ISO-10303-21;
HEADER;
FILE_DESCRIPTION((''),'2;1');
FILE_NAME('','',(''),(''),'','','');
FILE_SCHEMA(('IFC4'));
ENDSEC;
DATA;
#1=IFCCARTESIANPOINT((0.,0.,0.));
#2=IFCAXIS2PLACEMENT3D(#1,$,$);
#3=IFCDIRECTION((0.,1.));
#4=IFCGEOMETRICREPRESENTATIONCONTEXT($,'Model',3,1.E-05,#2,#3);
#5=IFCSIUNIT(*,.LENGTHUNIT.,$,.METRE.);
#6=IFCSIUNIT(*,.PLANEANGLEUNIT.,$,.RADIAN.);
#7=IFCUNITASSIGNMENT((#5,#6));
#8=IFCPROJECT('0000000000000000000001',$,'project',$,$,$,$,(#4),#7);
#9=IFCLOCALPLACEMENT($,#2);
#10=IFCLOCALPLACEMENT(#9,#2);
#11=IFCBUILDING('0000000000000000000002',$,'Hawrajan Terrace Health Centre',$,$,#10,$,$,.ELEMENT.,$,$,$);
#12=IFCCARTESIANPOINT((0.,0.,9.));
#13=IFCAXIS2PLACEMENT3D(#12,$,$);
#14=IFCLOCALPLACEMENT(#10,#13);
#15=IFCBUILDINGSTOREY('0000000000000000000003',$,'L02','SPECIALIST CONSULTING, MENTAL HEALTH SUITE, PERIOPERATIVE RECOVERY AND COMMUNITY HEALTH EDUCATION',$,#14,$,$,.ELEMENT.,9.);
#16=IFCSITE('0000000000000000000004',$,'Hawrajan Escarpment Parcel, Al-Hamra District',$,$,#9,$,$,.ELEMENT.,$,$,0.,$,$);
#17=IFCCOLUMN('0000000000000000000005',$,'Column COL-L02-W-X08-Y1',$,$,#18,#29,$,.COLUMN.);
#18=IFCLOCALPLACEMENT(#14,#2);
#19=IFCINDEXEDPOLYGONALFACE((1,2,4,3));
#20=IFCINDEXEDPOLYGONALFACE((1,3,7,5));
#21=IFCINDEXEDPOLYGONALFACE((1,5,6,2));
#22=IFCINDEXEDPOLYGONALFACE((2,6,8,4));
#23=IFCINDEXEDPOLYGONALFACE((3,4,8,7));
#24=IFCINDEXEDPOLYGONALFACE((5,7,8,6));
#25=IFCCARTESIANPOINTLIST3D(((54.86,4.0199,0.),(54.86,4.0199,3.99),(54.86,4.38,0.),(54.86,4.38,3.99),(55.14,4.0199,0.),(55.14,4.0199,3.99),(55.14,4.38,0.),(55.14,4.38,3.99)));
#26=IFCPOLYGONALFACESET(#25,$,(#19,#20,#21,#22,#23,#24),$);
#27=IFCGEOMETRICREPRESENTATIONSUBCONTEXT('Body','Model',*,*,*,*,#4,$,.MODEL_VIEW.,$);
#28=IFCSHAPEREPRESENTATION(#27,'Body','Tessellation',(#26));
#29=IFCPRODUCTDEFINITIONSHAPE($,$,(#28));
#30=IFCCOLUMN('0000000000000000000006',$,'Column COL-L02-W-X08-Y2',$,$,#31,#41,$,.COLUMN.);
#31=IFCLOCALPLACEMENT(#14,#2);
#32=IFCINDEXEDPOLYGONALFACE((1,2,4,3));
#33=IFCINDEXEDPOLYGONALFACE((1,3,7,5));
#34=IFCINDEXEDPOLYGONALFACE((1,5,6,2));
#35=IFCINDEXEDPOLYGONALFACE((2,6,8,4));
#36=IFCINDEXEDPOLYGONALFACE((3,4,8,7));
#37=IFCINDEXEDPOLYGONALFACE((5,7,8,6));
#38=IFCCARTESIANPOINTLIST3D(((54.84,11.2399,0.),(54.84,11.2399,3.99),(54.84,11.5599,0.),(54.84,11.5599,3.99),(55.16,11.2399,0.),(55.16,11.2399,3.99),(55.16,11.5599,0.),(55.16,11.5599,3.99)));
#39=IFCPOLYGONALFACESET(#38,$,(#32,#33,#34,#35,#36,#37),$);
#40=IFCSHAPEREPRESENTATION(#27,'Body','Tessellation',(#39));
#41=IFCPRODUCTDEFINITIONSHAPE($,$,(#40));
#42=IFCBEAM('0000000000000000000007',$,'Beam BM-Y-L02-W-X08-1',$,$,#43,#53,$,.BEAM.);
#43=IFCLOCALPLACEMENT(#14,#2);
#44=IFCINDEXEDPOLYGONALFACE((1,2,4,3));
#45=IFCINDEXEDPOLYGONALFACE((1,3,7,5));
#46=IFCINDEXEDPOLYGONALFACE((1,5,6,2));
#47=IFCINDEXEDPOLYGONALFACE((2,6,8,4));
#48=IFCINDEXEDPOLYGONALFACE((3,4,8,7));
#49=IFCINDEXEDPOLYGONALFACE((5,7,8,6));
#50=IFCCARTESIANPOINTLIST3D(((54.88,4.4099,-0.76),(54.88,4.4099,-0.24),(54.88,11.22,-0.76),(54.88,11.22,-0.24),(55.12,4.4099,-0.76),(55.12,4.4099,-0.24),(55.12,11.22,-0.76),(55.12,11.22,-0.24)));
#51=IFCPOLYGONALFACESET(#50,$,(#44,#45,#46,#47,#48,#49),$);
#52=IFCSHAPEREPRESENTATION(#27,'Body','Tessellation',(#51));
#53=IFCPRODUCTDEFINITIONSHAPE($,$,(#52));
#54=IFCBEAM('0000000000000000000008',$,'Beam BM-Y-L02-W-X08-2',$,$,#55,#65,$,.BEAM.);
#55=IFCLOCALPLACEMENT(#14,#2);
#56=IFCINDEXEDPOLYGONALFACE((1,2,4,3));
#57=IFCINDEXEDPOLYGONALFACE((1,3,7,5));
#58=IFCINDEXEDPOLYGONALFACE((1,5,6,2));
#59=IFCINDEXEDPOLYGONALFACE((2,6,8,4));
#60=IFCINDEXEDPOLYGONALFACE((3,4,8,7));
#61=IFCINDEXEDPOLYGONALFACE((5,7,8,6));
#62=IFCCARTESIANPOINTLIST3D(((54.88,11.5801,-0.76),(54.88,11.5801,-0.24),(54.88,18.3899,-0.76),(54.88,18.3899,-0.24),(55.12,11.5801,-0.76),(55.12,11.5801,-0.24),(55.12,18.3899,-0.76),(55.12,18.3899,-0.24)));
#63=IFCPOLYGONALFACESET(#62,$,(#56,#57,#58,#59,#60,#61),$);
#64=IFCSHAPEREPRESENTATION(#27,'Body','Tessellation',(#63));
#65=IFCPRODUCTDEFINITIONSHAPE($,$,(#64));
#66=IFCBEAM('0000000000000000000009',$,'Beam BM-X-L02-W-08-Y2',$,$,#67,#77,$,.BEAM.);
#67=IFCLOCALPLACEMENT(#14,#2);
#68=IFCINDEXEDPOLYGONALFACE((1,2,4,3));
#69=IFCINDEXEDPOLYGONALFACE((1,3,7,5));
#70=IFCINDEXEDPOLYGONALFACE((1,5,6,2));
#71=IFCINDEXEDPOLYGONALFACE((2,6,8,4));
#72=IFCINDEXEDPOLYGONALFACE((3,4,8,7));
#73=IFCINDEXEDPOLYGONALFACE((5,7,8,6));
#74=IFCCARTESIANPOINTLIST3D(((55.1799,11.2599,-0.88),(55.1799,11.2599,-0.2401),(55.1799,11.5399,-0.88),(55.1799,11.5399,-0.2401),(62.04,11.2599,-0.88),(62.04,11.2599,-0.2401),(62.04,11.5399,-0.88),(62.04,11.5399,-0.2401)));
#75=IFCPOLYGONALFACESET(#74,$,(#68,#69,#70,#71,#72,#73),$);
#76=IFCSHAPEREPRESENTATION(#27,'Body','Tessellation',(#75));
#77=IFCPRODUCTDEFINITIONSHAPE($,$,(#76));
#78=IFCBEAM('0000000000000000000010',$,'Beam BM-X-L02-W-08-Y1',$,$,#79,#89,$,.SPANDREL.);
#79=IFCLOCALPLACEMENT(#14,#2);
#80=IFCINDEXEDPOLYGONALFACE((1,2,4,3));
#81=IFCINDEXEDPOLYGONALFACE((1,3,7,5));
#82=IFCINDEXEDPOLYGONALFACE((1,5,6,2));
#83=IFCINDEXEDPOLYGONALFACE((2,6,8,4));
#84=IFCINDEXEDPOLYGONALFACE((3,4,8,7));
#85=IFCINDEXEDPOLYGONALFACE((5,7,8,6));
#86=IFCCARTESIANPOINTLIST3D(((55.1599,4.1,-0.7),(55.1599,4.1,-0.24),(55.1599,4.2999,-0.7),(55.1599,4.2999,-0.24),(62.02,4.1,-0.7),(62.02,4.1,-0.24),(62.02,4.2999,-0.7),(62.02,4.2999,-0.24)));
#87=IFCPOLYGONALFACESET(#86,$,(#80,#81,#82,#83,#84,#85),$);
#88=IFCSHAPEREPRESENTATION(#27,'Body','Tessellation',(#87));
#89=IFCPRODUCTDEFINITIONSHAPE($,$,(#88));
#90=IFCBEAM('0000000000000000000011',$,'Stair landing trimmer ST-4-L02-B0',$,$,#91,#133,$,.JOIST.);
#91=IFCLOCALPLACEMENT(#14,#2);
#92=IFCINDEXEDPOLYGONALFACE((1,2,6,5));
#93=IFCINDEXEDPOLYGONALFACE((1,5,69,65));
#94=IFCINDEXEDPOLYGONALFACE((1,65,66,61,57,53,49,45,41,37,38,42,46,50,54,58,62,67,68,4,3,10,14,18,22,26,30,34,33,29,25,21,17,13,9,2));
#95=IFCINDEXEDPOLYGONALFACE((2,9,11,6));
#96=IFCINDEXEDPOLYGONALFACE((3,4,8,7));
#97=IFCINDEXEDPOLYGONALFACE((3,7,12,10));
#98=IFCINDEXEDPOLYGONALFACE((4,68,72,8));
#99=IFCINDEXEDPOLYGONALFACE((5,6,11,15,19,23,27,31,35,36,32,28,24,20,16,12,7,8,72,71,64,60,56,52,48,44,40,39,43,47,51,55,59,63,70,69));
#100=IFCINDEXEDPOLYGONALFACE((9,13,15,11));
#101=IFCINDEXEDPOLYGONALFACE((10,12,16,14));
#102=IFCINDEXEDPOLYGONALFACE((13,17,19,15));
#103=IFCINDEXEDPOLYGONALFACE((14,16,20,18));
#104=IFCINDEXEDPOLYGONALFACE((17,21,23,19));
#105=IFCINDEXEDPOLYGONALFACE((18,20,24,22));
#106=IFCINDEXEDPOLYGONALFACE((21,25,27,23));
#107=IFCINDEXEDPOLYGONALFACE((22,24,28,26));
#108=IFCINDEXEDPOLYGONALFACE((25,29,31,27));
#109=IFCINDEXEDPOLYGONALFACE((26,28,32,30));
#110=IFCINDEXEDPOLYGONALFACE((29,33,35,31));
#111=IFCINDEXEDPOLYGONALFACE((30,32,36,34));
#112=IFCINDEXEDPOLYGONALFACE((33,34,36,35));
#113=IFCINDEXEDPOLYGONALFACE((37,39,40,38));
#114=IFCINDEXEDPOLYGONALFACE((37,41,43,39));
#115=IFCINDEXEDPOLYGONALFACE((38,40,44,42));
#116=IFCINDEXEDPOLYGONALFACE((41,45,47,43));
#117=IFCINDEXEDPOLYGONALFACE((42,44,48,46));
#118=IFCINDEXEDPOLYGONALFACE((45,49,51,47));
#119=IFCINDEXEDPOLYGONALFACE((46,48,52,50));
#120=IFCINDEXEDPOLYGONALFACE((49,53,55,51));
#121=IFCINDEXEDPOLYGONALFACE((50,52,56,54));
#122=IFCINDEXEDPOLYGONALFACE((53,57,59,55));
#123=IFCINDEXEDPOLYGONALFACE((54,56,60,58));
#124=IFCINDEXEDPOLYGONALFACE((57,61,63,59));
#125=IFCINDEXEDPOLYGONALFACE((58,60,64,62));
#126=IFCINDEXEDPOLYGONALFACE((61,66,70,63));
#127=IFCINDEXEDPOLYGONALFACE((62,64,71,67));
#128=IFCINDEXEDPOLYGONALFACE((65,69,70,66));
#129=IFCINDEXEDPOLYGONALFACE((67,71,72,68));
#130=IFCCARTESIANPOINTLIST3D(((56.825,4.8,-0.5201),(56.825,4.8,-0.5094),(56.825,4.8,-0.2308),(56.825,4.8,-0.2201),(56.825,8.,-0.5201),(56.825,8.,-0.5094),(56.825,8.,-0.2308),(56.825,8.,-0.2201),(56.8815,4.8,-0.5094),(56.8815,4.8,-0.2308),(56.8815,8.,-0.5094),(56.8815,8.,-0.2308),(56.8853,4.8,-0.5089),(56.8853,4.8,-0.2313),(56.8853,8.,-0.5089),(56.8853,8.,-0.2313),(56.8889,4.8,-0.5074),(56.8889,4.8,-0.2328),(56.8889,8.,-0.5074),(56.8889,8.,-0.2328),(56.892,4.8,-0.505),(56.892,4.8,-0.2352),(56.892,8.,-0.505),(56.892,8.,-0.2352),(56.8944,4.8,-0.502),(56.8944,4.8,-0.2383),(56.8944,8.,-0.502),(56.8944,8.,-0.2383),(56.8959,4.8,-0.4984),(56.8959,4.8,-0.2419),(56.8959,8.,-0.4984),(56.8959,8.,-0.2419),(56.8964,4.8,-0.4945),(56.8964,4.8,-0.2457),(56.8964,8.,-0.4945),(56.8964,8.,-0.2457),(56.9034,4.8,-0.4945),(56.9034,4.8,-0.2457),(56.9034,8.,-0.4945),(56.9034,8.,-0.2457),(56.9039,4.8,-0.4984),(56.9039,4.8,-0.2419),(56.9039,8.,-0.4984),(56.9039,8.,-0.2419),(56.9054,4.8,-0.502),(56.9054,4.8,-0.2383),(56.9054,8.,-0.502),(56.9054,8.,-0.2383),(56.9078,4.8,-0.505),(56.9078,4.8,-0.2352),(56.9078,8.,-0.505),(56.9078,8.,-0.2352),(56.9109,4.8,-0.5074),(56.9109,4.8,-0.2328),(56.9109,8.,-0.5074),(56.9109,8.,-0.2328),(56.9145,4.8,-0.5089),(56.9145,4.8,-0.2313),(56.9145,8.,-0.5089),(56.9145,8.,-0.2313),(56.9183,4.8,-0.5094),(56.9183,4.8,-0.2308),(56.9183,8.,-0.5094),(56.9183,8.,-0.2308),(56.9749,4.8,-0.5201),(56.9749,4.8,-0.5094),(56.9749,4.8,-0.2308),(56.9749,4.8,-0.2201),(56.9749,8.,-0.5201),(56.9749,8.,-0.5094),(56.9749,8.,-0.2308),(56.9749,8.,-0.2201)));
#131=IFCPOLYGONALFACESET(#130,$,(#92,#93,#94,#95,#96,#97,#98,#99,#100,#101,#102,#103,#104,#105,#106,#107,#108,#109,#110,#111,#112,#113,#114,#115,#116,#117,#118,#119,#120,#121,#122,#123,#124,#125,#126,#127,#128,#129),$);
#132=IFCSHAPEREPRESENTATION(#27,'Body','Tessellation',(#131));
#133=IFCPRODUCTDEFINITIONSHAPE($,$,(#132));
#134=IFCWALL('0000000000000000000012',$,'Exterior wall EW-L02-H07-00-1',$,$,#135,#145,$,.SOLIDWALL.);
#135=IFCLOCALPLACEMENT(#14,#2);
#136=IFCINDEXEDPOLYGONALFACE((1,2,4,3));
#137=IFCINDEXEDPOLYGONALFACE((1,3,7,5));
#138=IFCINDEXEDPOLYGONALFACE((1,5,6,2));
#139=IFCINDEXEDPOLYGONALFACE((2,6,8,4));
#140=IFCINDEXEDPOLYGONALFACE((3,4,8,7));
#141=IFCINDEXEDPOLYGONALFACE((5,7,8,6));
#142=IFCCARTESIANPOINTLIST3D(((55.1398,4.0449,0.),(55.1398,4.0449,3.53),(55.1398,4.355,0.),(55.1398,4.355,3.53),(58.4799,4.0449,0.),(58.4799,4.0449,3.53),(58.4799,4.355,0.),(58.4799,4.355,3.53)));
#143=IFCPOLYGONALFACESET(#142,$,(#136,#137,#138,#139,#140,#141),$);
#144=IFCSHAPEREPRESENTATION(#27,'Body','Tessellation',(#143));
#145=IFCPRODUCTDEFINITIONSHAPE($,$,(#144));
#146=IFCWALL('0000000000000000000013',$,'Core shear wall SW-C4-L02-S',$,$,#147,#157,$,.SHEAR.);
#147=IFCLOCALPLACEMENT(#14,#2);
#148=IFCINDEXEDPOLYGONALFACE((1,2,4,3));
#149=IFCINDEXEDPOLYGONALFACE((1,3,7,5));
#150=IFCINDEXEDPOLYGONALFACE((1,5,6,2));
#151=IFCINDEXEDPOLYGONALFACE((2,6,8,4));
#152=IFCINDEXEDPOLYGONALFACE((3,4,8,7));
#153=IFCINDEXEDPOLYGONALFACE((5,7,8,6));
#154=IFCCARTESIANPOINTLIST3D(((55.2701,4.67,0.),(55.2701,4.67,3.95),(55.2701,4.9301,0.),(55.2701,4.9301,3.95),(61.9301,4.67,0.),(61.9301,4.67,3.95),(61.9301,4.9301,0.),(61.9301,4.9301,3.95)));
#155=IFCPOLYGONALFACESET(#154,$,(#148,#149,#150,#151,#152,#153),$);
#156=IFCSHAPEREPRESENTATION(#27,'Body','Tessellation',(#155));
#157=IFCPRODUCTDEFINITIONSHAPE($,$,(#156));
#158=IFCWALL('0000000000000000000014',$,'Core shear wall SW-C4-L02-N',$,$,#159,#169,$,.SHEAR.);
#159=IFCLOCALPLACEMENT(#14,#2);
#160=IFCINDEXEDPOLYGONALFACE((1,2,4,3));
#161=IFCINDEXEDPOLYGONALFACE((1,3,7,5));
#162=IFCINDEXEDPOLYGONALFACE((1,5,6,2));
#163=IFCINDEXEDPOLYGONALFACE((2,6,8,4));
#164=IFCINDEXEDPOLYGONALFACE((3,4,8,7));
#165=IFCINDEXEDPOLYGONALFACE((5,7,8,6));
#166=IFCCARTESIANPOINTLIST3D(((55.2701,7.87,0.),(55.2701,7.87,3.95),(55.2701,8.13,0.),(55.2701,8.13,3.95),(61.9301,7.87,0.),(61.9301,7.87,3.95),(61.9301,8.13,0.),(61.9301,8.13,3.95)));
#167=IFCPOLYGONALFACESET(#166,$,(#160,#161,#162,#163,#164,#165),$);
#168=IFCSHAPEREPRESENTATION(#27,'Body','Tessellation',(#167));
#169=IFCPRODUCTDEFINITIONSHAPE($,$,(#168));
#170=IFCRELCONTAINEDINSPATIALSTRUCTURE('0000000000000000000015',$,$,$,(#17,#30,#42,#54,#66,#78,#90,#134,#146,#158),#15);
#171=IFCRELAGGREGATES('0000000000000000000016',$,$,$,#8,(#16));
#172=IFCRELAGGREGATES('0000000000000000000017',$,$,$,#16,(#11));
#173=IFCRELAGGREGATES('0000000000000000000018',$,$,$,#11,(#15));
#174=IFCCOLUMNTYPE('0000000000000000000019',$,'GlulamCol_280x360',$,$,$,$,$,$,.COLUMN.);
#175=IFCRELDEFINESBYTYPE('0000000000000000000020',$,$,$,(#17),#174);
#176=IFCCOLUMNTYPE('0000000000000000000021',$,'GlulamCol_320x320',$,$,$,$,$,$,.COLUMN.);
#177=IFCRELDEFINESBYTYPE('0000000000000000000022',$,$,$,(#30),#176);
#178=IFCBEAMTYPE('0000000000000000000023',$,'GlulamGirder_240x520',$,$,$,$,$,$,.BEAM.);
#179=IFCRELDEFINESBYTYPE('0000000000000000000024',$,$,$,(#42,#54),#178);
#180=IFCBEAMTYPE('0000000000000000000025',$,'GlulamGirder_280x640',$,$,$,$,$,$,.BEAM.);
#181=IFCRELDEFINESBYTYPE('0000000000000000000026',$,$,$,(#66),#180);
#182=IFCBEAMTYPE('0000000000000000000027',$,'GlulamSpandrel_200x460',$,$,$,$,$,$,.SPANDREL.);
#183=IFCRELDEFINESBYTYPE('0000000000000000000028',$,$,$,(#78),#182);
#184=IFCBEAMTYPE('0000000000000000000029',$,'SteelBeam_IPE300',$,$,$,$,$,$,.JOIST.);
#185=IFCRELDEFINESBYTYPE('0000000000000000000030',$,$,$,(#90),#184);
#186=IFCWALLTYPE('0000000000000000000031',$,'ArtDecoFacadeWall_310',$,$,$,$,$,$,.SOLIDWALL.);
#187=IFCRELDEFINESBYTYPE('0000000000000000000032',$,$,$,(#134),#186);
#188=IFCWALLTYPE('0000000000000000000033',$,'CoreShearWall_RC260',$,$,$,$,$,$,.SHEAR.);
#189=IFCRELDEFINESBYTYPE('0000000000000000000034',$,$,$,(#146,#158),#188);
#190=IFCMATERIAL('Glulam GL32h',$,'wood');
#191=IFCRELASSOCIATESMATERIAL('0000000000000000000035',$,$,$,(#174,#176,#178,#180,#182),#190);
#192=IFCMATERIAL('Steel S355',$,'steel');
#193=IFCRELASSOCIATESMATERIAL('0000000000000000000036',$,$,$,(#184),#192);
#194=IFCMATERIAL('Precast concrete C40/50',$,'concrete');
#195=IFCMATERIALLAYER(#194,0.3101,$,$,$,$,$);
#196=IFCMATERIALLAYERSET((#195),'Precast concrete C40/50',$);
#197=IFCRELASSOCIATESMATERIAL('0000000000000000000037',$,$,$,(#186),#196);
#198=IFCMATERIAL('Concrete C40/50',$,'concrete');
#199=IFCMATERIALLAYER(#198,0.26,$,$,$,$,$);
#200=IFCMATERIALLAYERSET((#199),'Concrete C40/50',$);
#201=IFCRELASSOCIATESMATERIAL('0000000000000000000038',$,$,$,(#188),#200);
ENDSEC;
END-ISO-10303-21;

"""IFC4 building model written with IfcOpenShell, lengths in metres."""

from ifc_helpers import new_model, si_unit, direction, frame, frame_2d, origin, origin_2d, place, context, subcontext, project, spatial, rectangle, i_section, extrude, material, layer, layer_set, material_profile, profile_set, type_object, element, save


model = new_model("IFC4")

# Units and contexts
model_context = context("Model", 3, precision=1e-05, world=origin(), true_north=direction((0.0, 1.0)))
body_context = subcontext(model_context, "Body", "Model", "MODEL_VIEW")
ifc_project = project(units=[si_unit("LENGTHUNIT", "METRE"), si_unit("PLANEANGLEUNIT", "RADIAN")], contexts=[model_context])

# Site, building, storey
site_placement = place(None, origin())
site = spatial("IfcSite", under=ifc_project, at=site_placement, Name="Hawrajan Escarpment Parcel, Al-Hamra District", CompositionType="ELEMENT", RefElevation=0.0)
building_placement = place(site_placement, origin())
building = spatial("IfcBuilding", under=site, at=building_placement, Name="Hawrajan Terrace Health Centre", CompositionType="ELEMENT")
storey_placement = place(building_placement, frame((0.0, 0.0, 9.0)))
storey = spatial("IfcBuildingStorey", under=building, at=storey_placement, Name="L02", Description="SPECIALIST CONSULTING, MENTAL HEALTH SUITE, PERIOPERATIVE RECOVERY AND COMMUNITY HEALTH EDUCATION", CompositionType="ELEMENT", Elevation=9.0)

# Columns
ifc_material_1 = material(Name="Glulam GL32h", Category="wood")
ifc_material_profile_1 = material_profile(ifc_material_1, rectangle(XDim=0.28, YDim=0.3601, at=origin_2d()), Name="GL 280x360")
ifc_profile_set_1 = profile_set([ifc_material_profile_1], Name="Glulam GL32h")
column_type_1 = type_object("IfcColumnType", Name="GlulamCol_280x360", PredefinedType="COLUMN", material=ifc_profile_set_1)
column_1_placement = place(storey_placement, frame((55.0, 4.2, 0.0), z_axis=(0.0, 0.0, 1.0), x_axis=(1.0, 0.0, 0.0)))
element("IfcColumn", 1, at=column_1_placement, inside=storey, type_object=column_type_1, Name="Column COL-L02-W-X08-Y1", PredefinedType="COLUMN", context=body_context, shape_type="SweptSolid", body=[
    extrude(rectangle(XDim=0.28, YDim=0.3601, at=origin_2d()), origin(), (0.0, 0.0, 1.0), 3.99),
])
ifc_material_profile_2 = material_profile(ifc_material_1, rectangle(XDim=0.3201, YDim=0.3201, at=origin_2d()), Name="GL 320x320")
ifc_profile_set_2 = profile_set([ifc_material_profile_2], Name="Glulam GL32h")
column_type_2 = type_object("IfcColumnType", Name="GlulamCol_320x320", PredefinedType="COLUMN", material=ifc_profile_set_2)
column_2_placement = place(storey_placement, frame((55.0, 11.3999, 0.0), z_axis=(0.0, 0.0, 1.0), x_axis=(1.0, 0.0, 0.0)))
element("IfcColumn", 2, at=column_2_placement, inside=storey, type_object=column_type_2, Name="Column COL-L02-W-X08-Y2", PredefinedType="COLUMN", context=body_context, shape_type="SweptSolid", body=[
    extrude(rectangle(XDim=0.3201, YDim=0.3201, at=origin_2d()), origin(), (0.0, 0.0, 1.0), 3.99),
])

# Beams
ifc_material_profile_3 = material_profile(ifc_material_1, rectangle(XDim=0.24, YDim=0.52, at=origin_2d()), Name="GL BM 240x520")
ifc_profile_set_3 = profile_set([ifc_material_profile_3], Name="Glulam GL32h")
beam_type_1 = type_object("IfcBeamType", Name="GlulamGirder_240x520", PredefinedType="BEAM", material=ifc_profile_set_3)
beam_1_placement = place(storey_placement, frame((55.0, 4.4099, -0.5), z_axis=(0.0, 1.0, 0.0), x_axis=(-1.0, 0.0, 0.0)))
element("IfcBeam", 3, at=beam_1_placement, inside=storey, type_object=beam_type_1, Name="Beam BM-Y-L02-W-X08-1", PredefinedType="BEAM", context=body_context, shape_type="SweptSolid", body=[
    extrude(rectangle(XDim=0.24, YDim=0.52, at=origin_2d()), origin(), (0.0, 0.0, 1.0), 6.8101),
])
beam_2_placement = place(storey_placement, frame((55.0, 11.5801, -0.5), z_axis=(0.0, 1.0, 0.0), x_axis=(-1.0, 0.0, 0.0)))
element("IfcBeam", 4, at=beam_2_placement, inside=storey, type_object=beam_type_1, Name="Beam BM-Y-L02-W-X08-2", PredefinedType="BEAM", context=body_context, shape_type="SweptSolid", body=[
    extrude(rectangle(XDim=0.24, YDim=0.52, at=origin_2d()), origin(), (0.0, 0.0, 1.0), 6.8098),
])
ifc_material_profile_4 = material_profile(ifc_material_1, rectangle(XDim=0.28, YDim=0.6399, at=origin_2d()), Name="GL BM 280x640")
ifc_profile_set_4 = profile_set([ifc_material_profile_4], Name="Glulam GL32h")
beam_type_2 = type_object("IfcBeamType", Name="GlulamGirder_280x640", PredefinedType="BEAM", material=ifc_profile_set_4)
beam_3_placement = place(storey_placement, frame((55.1799, 11.3999, -0.5601), z_axis=(1.0, 0.0, 0.0), x_axis=(0.0, 1.0, 0.0)))
element("IfcBeam", 5, at=beam_3_placement, inside=storey, type_object=beam_type_2, Name="Beam BM-X-L02-W-08-Y2", PredefinedType="BEAM", context=body_context, shape_type="SweptSolid", body=[
    extrude(rectangle(XDim=0.28, YDim=0.6399, at=origin_2d()), origin(), (0.0, 0.0, 1.0), 6.8601),
])
ifc_material_profile_5 = material_profile(ifc_material_1, rectangle(XDim=0.2, YDim=0.46, at=origin_2d()), Name="GL SP 200x460")
ifc_profile_set_5 = profile_set([ifc_material_profile_5], Name="Glulam GL32h")
beam_type_3 = type_object("IfcBeamType", Name="GlulamSpandrel_200x460", PredefinedType="SPANDREL", material=ifc_profile_set_5)
beam_4_placement = place(storey_placement, frame((55.1599, 4.2, -0.47), z_axis=(1.0, 0.0, 0.0), x_axis=(0.0, 1.0, 0.0)))
element("IfcBeam", 6, at=beam_4_placement, inside=storey, type_object=beam_type_3, Name="Beam BM-X-L02-W-08-Y1", PredefinedType="SPANDREL", context=body_context, shape_type="SweptSolid", body=[
    extrude(rectangle(XDim=0.2, YDim=0.46, at=origin_2d()), origin(), (0.0, 0.0, 1.0), 6.8601),
])
ifc_material_2 = material(Name="Steel S355", Category="steel")
ifc_material_profile_6 = material_profile(ifc_material_2, i_section(OverallWidth=0.1499, OverallDepth=0.3, WebThickness=0.0071, FlangeThickness=0.0107, FilletRadius=0.0149, at=origin_2d()), Name="IPE 300")
ifc_profile_set_6 = profile_set([ifc_material_profile_6], Name="Steel S355")
beam_type_4 = type_object("IfcBeamType", Name="SteelBeam_IPE300", PredefinedType="JOIST", material=ifc_profile_set_6)
beam_5_placement = place(storey_placement, frame((56.8999, 4.8, -0.3701), z_axis=(0.0, 1.0, 0.0), x_axis=(-1.0, 0.0, 0.0)))
element("IfcBeam", 7, at=beam_5_placement, inside=storey, type_object=beam_type_4, Name="Stair landing trimmer ST-4-L02-B0", PredefinedType="JOIST", context=body_context, shape_type="SweptSolid", body=[
    extrude(i_section(OverallWidth=0.1499, OverallDepth=0.3, WebThickness=0.0071, FlangeThickness=0.0107, FilletRadius=0.0149, at=origin_2d()), origin(), (0.0, 0.0, 1.0), 3.2),
])

# Walls
ifc_material_3 = material(Name="Precast concrete C40/50", Category="concrete")
ifc_layer_1 = layer(ifc_material_3, 0.3101)
ifc_layer_set_1 = layer_set([ifc_layer_1], Name="Precast concrete C40/50")
wall_type_1 = type_object("IfcWallType", Name="ArtDecoFacadeWall_310", PredefinedType="SOLIDWALL", material=ifc_layer_set_1)
wall_1_placement = place(storey_placement, frame((55.1399, 4.2, 0.0), z_axis=(0.0, 0.0, 1.0), x_axis=(1.0, 0.0, 0.0)))
element("IfcWall", 8, at=wall_1_placement, inside=storey, type_object=wall_type_1, Name="Exterior wall EW-L02-H07-00-1", PredefinedType="SOLIDWALL", context=body_context, shape_type="SweptSolid", body=[
    extrude(rectangle(XDim=3.3401, YDim=0.3101, at=frame_2d((1.6699, 0.0))), origin(), (0.0, 0.0, 1.0), 3.53),
])
ifc_material_4 = material(Name="Concrete C40/50", Category="concrete")
ifc_layer_2 = layer(ifc_material_4, 0.26)
ifc_layer_set_2 = layer_set([ifc_layer_2], Name="Concrete C40/50")
wall_type_2 = type_object("IfcWallType", Name="CoreShearWall_RC260", PredefinedType="SHEAR", material=ifc_layer_set_2)
for number, where, z_axis, x_axis, name in (
    (9, (55.27, 4.8, 0.0), (0.0, 0.0, 1.0), (1.0, 0.0, 0.0), "Core shear wall SW-C4-L02-S"),
    (10, (55.27, 8.0, 0.0), (0.0, 0.0, 1.0), (1.0, 0.0, 0.0), "Core shear wall SW-C4-L02-N"),
):
    element("IfcWall", number, at=place(storey_placement, frame(where, z_axis=z_axis, x_axis=x_axis)), inside=storey, type_object=wall_type_2, Name=name, PredefinedType="SHEAR", context=body_context, shape_type="SweptSolid", body=[
        extrude(rectangle(XDim=6.6599, YDim=0.26, at=frame_2d((3.3301, 0.0))), origin(), (0.0, 0.0, 1.0), 3.95),
    ])

save(model, "model.ifc")
